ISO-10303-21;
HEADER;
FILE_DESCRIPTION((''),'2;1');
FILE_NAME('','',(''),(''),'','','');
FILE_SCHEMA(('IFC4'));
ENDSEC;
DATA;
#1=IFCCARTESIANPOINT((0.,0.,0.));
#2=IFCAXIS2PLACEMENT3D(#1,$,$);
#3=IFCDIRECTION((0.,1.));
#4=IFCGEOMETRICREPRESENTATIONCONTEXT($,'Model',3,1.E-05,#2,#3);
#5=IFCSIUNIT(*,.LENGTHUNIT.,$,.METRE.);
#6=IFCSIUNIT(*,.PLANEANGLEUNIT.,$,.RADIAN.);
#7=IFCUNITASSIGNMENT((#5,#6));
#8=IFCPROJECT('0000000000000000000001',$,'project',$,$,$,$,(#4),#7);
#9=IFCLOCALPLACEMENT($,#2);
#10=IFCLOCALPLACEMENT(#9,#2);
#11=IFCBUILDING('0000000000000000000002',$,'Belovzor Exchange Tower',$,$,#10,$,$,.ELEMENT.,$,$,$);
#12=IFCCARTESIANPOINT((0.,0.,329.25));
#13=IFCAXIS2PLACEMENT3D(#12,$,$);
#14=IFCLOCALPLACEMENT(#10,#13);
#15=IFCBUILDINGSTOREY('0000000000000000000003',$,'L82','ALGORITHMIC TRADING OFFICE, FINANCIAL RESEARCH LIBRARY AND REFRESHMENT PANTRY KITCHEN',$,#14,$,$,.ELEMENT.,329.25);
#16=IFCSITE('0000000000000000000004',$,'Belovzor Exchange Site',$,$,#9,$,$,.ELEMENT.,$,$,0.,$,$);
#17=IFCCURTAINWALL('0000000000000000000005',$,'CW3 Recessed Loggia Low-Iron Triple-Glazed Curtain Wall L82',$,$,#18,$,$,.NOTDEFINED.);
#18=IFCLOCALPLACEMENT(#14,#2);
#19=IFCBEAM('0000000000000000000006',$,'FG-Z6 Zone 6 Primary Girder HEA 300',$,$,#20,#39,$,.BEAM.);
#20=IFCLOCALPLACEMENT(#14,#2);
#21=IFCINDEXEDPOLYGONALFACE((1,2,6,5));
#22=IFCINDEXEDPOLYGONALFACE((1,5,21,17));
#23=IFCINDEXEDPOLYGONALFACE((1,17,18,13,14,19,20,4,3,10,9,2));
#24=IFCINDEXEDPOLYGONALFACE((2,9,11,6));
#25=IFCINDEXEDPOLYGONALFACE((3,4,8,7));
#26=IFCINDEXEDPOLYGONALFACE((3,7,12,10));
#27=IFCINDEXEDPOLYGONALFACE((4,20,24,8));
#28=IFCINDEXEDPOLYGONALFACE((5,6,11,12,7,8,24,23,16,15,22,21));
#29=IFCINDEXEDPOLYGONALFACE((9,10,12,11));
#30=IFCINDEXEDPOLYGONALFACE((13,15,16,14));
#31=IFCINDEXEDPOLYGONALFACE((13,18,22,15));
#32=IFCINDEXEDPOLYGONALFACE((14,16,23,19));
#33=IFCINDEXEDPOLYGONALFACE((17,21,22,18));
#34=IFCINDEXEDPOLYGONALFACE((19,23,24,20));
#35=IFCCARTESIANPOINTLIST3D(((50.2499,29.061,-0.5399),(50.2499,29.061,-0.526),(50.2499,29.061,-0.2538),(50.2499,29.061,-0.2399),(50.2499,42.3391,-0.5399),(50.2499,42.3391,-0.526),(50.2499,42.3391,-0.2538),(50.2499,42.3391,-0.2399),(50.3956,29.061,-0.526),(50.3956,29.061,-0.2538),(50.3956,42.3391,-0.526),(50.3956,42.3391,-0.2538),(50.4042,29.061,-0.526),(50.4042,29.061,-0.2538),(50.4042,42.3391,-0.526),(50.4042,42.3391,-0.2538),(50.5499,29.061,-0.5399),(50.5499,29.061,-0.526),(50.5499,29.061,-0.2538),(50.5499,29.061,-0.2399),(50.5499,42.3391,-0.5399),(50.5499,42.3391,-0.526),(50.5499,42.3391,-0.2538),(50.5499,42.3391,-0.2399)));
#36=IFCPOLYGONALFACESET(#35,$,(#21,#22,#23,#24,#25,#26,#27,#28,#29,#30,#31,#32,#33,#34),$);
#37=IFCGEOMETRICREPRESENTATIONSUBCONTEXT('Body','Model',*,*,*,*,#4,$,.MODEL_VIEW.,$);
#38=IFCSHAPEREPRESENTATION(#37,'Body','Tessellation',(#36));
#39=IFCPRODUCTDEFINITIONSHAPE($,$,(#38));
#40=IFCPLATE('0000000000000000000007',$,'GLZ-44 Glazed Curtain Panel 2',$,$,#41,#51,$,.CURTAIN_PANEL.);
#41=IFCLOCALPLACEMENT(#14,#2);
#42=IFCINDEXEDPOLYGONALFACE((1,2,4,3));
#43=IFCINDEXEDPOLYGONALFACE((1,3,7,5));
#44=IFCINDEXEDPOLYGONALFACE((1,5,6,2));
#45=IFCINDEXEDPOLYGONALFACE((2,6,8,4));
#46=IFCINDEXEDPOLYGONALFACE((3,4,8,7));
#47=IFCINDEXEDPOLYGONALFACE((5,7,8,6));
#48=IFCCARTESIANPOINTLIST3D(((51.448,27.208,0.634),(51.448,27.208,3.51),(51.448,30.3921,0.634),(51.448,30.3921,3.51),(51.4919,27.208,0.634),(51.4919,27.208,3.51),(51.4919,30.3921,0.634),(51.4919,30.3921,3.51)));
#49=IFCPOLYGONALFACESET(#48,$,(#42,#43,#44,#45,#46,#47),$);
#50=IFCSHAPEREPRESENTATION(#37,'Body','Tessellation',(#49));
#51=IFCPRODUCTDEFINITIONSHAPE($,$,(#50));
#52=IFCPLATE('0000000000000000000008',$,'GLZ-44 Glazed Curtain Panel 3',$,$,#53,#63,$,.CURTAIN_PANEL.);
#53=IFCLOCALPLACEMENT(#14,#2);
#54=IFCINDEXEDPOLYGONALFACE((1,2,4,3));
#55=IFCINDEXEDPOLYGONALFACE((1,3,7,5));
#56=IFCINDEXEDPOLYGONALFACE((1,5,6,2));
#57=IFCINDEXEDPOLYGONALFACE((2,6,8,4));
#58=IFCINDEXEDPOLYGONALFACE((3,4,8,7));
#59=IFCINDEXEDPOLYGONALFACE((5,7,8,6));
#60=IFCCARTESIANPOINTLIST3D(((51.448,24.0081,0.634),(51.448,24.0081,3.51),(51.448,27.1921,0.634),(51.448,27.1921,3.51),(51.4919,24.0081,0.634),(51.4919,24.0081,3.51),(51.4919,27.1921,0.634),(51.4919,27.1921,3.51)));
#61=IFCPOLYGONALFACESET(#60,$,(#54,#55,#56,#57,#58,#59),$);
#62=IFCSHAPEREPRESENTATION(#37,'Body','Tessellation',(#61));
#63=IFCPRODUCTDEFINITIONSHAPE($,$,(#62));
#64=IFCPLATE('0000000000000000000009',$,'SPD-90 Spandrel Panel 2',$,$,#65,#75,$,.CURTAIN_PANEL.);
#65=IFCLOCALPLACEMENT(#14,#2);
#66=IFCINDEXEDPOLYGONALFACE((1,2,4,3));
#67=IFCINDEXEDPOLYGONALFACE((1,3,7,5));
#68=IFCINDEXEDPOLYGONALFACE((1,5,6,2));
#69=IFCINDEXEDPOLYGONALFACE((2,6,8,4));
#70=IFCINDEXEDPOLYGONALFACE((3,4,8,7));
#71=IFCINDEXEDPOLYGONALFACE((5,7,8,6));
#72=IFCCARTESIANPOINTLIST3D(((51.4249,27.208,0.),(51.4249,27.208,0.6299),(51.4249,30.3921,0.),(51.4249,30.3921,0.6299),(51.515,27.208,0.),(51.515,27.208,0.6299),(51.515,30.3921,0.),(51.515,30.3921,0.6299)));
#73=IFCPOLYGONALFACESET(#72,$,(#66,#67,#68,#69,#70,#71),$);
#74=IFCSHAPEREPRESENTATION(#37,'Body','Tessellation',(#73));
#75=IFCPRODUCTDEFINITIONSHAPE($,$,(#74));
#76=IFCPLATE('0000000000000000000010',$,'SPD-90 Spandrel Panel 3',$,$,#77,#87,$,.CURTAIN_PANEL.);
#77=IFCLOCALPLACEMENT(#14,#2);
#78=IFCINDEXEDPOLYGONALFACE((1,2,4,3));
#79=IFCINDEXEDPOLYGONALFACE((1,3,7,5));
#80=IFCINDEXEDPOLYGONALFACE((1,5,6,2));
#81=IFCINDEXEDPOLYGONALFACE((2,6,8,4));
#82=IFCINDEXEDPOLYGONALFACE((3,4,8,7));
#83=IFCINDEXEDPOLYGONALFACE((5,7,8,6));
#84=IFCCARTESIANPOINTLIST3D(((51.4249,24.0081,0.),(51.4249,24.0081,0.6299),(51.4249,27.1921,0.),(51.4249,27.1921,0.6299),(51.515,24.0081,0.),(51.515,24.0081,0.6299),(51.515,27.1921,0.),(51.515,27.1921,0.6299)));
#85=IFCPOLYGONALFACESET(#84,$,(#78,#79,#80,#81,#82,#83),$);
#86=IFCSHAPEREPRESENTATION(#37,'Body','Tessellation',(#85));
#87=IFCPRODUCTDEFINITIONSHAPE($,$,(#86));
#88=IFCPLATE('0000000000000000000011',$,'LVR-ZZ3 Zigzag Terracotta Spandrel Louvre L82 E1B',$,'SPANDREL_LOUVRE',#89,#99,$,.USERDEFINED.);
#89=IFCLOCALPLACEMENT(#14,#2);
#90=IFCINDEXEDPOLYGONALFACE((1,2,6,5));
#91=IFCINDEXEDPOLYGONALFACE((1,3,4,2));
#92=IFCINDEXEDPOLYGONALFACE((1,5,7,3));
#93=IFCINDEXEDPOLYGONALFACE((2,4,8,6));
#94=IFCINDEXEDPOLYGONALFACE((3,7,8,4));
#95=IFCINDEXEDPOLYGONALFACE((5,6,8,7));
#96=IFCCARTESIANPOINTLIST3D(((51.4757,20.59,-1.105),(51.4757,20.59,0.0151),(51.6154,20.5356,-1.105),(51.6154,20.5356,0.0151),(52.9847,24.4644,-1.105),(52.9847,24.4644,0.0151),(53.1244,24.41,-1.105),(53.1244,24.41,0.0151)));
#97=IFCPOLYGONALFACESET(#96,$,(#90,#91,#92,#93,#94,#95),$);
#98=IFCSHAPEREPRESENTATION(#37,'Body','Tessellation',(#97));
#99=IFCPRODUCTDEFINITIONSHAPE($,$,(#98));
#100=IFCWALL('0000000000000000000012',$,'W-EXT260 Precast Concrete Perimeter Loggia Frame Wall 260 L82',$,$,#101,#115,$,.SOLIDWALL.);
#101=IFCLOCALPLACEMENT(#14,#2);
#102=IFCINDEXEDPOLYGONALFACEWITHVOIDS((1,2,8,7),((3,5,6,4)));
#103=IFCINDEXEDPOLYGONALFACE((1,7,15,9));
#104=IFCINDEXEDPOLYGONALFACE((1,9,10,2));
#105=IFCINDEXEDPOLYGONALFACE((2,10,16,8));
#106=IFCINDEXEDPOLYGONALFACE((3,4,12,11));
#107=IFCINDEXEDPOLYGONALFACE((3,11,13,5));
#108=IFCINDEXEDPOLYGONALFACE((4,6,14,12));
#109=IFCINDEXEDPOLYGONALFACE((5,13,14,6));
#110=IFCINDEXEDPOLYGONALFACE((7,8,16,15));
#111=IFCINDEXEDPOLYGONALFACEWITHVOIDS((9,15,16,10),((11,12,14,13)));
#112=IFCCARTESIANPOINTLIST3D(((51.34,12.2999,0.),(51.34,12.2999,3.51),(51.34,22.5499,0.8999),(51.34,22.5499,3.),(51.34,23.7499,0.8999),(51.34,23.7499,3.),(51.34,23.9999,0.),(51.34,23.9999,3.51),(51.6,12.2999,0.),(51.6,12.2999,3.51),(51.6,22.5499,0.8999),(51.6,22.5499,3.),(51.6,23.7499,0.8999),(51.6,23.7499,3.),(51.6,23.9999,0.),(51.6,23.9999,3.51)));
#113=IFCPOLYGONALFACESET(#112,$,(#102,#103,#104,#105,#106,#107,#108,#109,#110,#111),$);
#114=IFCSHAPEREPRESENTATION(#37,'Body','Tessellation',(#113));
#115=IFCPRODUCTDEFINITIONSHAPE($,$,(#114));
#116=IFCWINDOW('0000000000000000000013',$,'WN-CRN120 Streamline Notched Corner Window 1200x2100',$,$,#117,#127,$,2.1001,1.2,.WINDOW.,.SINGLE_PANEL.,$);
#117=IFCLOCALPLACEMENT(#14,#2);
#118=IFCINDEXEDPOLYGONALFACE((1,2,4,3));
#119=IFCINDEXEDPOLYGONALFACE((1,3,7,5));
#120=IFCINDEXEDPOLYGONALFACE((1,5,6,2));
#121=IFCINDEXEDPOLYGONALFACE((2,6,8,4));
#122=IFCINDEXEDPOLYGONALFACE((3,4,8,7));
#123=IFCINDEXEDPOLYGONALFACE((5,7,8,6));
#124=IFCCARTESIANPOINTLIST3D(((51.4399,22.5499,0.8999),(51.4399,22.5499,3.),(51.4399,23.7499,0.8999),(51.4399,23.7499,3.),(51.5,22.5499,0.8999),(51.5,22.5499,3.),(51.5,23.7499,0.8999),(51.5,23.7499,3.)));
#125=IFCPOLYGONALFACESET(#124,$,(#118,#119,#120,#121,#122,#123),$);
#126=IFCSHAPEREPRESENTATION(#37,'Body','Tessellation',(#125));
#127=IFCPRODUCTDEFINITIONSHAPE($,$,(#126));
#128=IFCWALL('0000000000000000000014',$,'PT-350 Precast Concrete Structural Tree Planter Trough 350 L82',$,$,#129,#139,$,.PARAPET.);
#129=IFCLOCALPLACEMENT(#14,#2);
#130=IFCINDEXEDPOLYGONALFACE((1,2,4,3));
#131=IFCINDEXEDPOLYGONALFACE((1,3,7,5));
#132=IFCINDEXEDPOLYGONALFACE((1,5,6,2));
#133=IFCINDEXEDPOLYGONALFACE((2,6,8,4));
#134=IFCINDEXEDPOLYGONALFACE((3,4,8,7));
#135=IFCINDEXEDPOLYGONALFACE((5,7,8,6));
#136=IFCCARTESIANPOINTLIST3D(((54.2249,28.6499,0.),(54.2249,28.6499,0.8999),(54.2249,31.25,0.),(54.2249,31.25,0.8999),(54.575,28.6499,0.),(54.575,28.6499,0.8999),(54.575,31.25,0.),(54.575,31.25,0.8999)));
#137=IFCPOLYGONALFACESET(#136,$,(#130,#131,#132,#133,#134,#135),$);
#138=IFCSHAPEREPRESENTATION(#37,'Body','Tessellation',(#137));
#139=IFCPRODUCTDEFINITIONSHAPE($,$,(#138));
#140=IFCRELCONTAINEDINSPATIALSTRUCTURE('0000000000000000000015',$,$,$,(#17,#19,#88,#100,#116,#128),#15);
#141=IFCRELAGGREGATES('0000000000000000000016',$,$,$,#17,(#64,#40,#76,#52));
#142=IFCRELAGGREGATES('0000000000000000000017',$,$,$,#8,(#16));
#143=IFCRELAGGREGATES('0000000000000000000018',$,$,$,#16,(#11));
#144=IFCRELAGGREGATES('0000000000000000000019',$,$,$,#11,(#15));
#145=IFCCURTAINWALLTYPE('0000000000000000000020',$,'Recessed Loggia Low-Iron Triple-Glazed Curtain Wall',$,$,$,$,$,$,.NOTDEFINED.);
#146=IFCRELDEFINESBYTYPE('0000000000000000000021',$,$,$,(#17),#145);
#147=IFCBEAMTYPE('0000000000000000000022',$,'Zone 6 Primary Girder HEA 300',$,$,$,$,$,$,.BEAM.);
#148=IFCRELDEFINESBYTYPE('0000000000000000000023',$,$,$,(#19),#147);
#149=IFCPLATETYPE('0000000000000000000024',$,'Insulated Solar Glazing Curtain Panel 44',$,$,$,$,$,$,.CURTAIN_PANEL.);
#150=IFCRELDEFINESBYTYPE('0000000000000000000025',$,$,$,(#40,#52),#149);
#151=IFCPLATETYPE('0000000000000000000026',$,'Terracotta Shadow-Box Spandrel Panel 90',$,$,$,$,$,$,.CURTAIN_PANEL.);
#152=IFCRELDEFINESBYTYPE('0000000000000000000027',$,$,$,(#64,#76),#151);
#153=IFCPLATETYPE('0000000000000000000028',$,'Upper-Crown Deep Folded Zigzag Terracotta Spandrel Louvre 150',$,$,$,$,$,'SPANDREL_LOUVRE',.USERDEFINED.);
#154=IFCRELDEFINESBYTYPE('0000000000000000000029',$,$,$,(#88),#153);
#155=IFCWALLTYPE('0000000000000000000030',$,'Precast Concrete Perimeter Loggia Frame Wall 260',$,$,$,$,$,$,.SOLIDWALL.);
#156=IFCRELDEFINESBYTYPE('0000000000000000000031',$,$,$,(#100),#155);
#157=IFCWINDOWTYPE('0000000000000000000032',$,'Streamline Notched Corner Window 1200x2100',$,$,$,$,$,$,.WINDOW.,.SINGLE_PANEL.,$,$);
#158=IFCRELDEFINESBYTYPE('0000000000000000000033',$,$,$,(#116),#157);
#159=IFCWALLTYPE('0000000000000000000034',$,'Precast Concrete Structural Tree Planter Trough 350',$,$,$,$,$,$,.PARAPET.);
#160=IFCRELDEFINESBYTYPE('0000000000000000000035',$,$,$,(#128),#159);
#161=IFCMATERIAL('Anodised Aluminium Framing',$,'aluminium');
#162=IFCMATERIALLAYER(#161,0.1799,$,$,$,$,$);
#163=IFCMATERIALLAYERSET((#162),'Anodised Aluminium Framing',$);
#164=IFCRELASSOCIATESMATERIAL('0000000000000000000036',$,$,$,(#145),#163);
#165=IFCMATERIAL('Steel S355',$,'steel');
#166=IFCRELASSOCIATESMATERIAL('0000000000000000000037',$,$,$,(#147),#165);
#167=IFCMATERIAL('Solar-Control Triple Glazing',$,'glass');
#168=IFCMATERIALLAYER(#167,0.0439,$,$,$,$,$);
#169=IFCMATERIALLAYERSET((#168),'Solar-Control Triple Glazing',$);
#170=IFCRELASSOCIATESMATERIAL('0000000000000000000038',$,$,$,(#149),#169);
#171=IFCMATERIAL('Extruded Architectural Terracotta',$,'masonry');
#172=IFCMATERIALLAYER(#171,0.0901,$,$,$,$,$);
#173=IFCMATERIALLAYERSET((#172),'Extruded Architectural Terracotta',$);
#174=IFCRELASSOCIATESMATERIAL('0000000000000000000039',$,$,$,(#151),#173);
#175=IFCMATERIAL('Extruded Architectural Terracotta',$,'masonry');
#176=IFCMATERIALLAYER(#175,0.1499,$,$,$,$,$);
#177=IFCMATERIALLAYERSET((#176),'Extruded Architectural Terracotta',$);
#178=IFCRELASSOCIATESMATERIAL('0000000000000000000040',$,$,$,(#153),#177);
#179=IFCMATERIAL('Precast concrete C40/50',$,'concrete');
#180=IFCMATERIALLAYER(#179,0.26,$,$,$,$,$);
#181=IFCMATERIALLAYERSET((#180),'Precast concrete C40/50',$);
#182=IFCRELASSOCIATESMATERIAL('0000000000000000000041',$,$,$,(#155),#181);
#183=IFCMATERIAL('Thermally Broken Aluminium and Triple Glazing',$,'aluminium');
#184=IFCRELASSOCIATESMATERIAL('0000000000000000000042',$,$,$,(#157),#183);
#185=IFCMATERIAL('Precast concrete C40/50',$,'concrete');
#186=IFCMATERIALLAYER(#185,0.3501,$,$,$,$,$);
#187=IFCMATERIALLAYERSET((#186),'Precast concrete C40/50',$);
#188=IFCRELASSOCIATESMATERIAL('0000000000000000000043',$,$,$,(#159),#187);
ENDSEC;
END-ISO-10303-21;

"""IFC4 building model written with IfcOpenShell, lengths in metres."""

from ifc_helpers import new_model, si_unit, direction, frame, frame_2d, origin, origin_2d, place, context, subcontext, project, spatial, rectangle, i_section, extrude, material, layer, layer_set, material_profile, profile_set, type_object, element, fill, aggregate, save


model = new_model("IFC4")

# Units and contexts
model_context = context("Model", 3, precision=1e-05, world=origin(), true_north=direction((0.0, 1.0)))
body_context = subcontext(model_context, "Body", "Model", "MODEL_VIEW")
ifc_project = project(units=[si_unit("LENGTHUNIT", "METRE"), si_unit("PLANEANGLEUNIT", "RADIAN")], contexts=[model_context])

# Site, building, storey
site_placement = place(None, origin())
site = spatial("IfcSite", under=ifc_project, at=site_placement, Name="Belovzor Exchange Site", CompositionType="ELEMENT", RefElevation=0.0)
building_placement = place(site_placement, origin())
building = spatial("IfcBuilding", under=site, at=building_placement, Name="Belovzor Exchange Tower", CompositionType="ELEMENT")
storey_placement = place(building_placement, frame((0.0, 0.0, 329.25)))
storey = spatial("IfcBuildingStorey", under=building, at=storey_placement, Name="L82", Description="ALGORITHMIC TRADING OFFICE, FINANCIAL RESEARCH LIBRARY AND REFRESHMENT PANTRY KITCHEN", CompositionType="ELEMENT", Elevation=329.25)

# Curtain wall
ifc_material_1 = material(Name="Anodised Aluminium Framing", Category="aluminium")
ifc_layer_1 = layer(ifc_material_1, 0.1799)
ifc_layer_set_1 = layer_set([ifc_layer_1], Name="Anodised Aluminium Framing")
curtain_wall_type = type_object("IfcCurtainWallType", Name="Recessed Loggia Low-Iron Triple-Glazed Curtain Wall", PredefinedType="NOTDEFINED", material=ifc_layer_set_1)
curtain_wall_placement = place(storey_placement, origin())
curtain_wall = element("IfcCurtainWall", 1, at=curtain_wall_placement, inside=storey, type_object=curtain_wall_type, Name="CW3 Recessed Loggia Low-Iron Triple-Glazed Curtain Wall L82", PredefinedType="NOTDEFINED")

# Beam
ifc_material_2 = material(Name="Steel S355", Category="steel")
ifc_material_profile_1 = material_profile(ifc_material_2, i_section(OverallWidth=0.3, OverallDepth=0.3, WebThickness=0.0085, FlangeThickness=0.0139, at=origin_2d()))
ifc_profile_set_1 = profile_set([ifc_material_profile_1], Name="Steel S355")
beam_type_1 = type_object("IfcBeamType", Name="Zone 6 Primary Girder HEA 300", PredefinedType="BEAM", material=ifc_profile_set_1)
beam_1_placement = place(storey_placement, frame((50.3999, 29.061, -0.3899), z_axis=(0.0, 1.0, 0.0), x_axis=(-1.0, 0.0, 0.0)))
element("IfcBeam", 2, at=beam_1_placement, inside=storey, type_object=beam_type_1, Name="FG-Z6 Zone 6 Primary Girder HEA 300", PredefinedType="BEAM", context=body_context, shape_type="SweptSolid", body=[
    extrude(i_section(OverallWidth=0.3, OverallDepth=0.3, WebThickness=0.0085, FlangeThickness=0.0139, at=origin_2d()), origin(), (0.0, 0.0, 1.0), 13.2781),
])

# Plates
ifc_material_3 = material(Name="Solar-Control Triple Glazing", Category="glass")
ifc_layer_2 = layer(ifc_material_3, 0.0439)
ifc_layer_set_2 = layer_set([ifc_layer_2], Name="Solar-Control Triple Glazing")
plate_type_1 = type_object("IfcPlateType", Name="Insulated Solar Glazing Curtain Panel 44", PredefinedType="CURTAIN_PANEL", material=ifc_layer_set_2)
plate_1_placement = place(storey_placement, frame((51.47, 28.8, 0.634), z_axis=(0.0, 0.0, 1.0), x_axis=(0.0, -1.0, 0.0)))
plate_1 = element("IfcPlate", 3, at=plate_1_placement, type_object=plate_type_1, Name="GLZ-44 Glazed Curtain Panel 2", PredefinedType="CURTAIN_PANEL", context=body_context, shape_type="SweptSolid", body=[
    extrude(rectangle(XDim=3.1841, YDim=0.0439, at=origin_2d()), origin(), (0.0, 0.0, 1.0), 2.876),
])
plate_2_placement = place(storey_placement, frame((51.47, 25.6001, 0.634), z_axis=(0.0, 0.0, 1.0), x_axis=(0.0, -1.0, 0.0)))
plate_2 = element("IfcPlate", 4, at=plate_2_placement, type_object=plate_type_1, Name="GLZ-44 Glazed Curtain Panel 3", PredefinedType="CURTAIN_PANEL", context=body_context, shape_type="SweptSolid", body=[
    extrude(rectangle(XDim=3.1841, YDim=0.0439, at=origin_2d()), origin(), (0.0, 0.0, 1.0), 2.876),
])
ifc_material_4 = material(Name="Extruded Architectural Terracotta", Category="masonry")
ifc_layer_3 = layer(ifc_material_4, 0.0901)
ifc_layer_set_3 = layer_set([ifc_layer_3], Name="Extruded Architectural Terracotta")
plate_type_2 = type_object("IfcPlateType", Name="Terracotta Shadow-Box Spandrel Panel 90", PredefinedType="CURTAIN_PANEL", material=ifc_layer_set_3)
plate_3_placement = place(storey_placement, frame((51.47, 28.8, 0.0), z_axis=(0.0, 0.0, 1.0), x_axis=(0.0, -1.0, 0.0)))
plate_3 = element("IfcPlate", 5, at=plate_3_placement, type_object=plate_type_2, Name="SPD-90 Spandrel Panel 2", PredefinedType="CURTAIN_PANEL", context=body_context, shape_type="SweptSolid", body=[
    extrude(rectangle(XDim=3.1841, YDim=0.0901, at=origin_2d()), origin(), (0.0, 0.0, 1.0), 0.6299),
])
plate_4_placement = place(storey_placement, frame((51.47, 25.6001, 0.0), z_axis=(0.0, 0.0, 1.0), x_axis=(0.0, -1.0, 0.0)))
plate_4 = element("IfcPlate", 6, at=plate_4_placement, type_object=plate_type_2, Name="SPD-90 Spandrel Panel 3", PredefinedType="CURTAIN_PANEL", context=body_context, shape_type="SweptSolid", body=[
    extrude(rectangle(XDim=3.1841, YDim=0.0901, at=origin_2d()), origin(), (0.0, 0.0, 1.0), 0.6299),
])
aggregate(curtain_wall, [plate_3, plate_1, plate_4, plate_2])
ifc_material_5 = material(Name="Extruded Architectural Terracotta", Category="masonry")
ifc_layer_4 = layer(ifc_material_5, 0.1499)
ifc_layer_set_4 = layer_set([ifc_layer_4], Name="Extruded Architectural Terracotta")
plate_type_3 = type_object("IfcPlateType", Name="Upper-Crown Deep Folded Zigzag Terracotta Spandrel Louvre 150", ElementType="SPANDREL_LOUVRE", PredefinedType="USERDEFINED", material=ifc_layer_set_4)
plate_5_placement = place(storey_placement, frame((52.3, 22.5, -1.105), z_axis=(0.0, 0.0, 1.0), x_axis=(0.362926, 0.931818, 0.0)))
element("IfcPlate", 7, at=plate_5_placement, inside=storey, type_object=plate_type_3, Name="LVR-ZZ3 Zigzag Terracotta Spandrel Louvre L82 E1B", ObjectType="SPANDREL_LOUVRE", PredefinedType="USERDEFINED", context=body_context, shape_type="SweptSolid", body=[
    extrude(rectangle(XDim=4.158, YDim=0.1499, at=origin_2d()), origin(), (0.0, 0.0, 1.0), 1.1201),
])

# Wall, opening, window
ifc_material_6 = material(Name="Precast concrete C40/50", Category="concrete")
ifc_layer_5 = layer(ifc_material_6, 0.26)
ifc_layer_set_5 = layer_set([ifc_layer_5], Name="Precast concrete C40/50")
wall_type_1 = type_object("IfcWallType", Name="Precast Concrete Perimeter Loggia Frame Wall 260", PredefinedType="SOLIDWALL", material=ifc_layer_set_5)
wall_1_placement = place(storey_placement, frame((51.47, 24.0, 0.0), z_axis=(0.0, 0.0, 1.0), x_axis=(0.0, -1.0, 0.0)))
wall_1 = element("IfcWall", 8, at=wall_1_placement, inside=storey, type_object=wall_type_1, Name="W-EXT260 Precast Concrete Perimeter Loggia Frame Wall 260 L82", PredefinedType="SOLIDWALL", context=body_context, shape_type="SweptSolid", body=[
    extrude(rectangle(XDim=11.7, YDim=0.26, at=frame_2d((5.8501, 0.0))), origin(), (0.0, 0.0, 1.0), 3.51),
])
opening_placement = place(wall_1_placement, frame((0.25, 0.0, 0.8999)))
opening = element("IfcOpeningElement", 9, at=opening_placement, cuts=wall_1, PredefinedType="OPENING", context=body_context, shape_type="SweptSolid", body=[
    extrude(rectangle(XDim=1.2, YDim=2.1001, at=frame_2d((0.6001, 1.05))), frame((0.0, 0.1399, 0.0), z_axis=(0.0, -1.0, 0.0), x_axis=(1.0, 0.0, 0.0)), (0.0, 0.0, 1.0), 0.28),
])
ifc_material_7 = material(Name="Thermally Broken Aluminium and Triple Glazing", Category="aluminium")
window_type = type_object("IfcWindowType", Name="Streamline Notched Corner Window 1200x2100", PartitioningType="SINGLE_PANEL", PredefinedType="WINDOW", material=ifc_material_7)
window_placement = place(opening_placement, origin())
window = element("IfcWindow", 10, at=window_placement, inside=storey, type_object=window_type, Name="WN-CRN120 Streamline Notched Corner Window 1200x2100", OverallHeight=2.1001, OverallWidth=1.2, PartitioningType="SINGLE_PANEL", PredefinedType="WINDOW", context=body_context, shape_type="SweptSolid", body=[
    extrude(rectangle(XDim=1.2, YDim=2.1001, at=frame_2d((0.6001, 1.05))), frame((0.0, 0.03, 0.0), z_axis=(0.0, -1.0, 0.0), x_axis=(1.0, 0.0, 0.0)), (0.0, 0.0, 1.0), 0.0601),
])
fill(opening, window)

# Wall
ifc_material_8 = material(Name="Precast concrete C40/50", Category="concrete")
ifc_layer_6 = layer(ifc_material_8, 0.3501)
ifc_layer_set_6 = layer_set([ifc_layer_6], Name="Precast concrete C40/50")
wall_type_2 = type_object("IfcWallType", Name="Precast Concrete Structural Tree Planter Trough 350", PredefinedType="PARAPET", material=ifc_layer_set_6)
wall_2_placement = place(storey_placement, frame((54.3999, 28.6499, 0.0), z_axis=(0.0, 0.0, 1.0), x_axis=(0.0, 1.0, 0.0)))
element("IfcWall", 11, at=wall_2_placement, inside=storey, type_object=wall_type_2, Name="PT-350 Precast Concrete Structural Tree Planter Trough 350 L82", PredefinedType="PARAPET", context=body_context, shape_type="SweptSolid", body=[
    extrude(rectangle(XDim=2.6001, YDim=0.3501, at=frame_2d((1.3, 0.0))), origin(), (0.0, 0.0, 1.0), 0.8999),
])

save(model, "model.ifc")
